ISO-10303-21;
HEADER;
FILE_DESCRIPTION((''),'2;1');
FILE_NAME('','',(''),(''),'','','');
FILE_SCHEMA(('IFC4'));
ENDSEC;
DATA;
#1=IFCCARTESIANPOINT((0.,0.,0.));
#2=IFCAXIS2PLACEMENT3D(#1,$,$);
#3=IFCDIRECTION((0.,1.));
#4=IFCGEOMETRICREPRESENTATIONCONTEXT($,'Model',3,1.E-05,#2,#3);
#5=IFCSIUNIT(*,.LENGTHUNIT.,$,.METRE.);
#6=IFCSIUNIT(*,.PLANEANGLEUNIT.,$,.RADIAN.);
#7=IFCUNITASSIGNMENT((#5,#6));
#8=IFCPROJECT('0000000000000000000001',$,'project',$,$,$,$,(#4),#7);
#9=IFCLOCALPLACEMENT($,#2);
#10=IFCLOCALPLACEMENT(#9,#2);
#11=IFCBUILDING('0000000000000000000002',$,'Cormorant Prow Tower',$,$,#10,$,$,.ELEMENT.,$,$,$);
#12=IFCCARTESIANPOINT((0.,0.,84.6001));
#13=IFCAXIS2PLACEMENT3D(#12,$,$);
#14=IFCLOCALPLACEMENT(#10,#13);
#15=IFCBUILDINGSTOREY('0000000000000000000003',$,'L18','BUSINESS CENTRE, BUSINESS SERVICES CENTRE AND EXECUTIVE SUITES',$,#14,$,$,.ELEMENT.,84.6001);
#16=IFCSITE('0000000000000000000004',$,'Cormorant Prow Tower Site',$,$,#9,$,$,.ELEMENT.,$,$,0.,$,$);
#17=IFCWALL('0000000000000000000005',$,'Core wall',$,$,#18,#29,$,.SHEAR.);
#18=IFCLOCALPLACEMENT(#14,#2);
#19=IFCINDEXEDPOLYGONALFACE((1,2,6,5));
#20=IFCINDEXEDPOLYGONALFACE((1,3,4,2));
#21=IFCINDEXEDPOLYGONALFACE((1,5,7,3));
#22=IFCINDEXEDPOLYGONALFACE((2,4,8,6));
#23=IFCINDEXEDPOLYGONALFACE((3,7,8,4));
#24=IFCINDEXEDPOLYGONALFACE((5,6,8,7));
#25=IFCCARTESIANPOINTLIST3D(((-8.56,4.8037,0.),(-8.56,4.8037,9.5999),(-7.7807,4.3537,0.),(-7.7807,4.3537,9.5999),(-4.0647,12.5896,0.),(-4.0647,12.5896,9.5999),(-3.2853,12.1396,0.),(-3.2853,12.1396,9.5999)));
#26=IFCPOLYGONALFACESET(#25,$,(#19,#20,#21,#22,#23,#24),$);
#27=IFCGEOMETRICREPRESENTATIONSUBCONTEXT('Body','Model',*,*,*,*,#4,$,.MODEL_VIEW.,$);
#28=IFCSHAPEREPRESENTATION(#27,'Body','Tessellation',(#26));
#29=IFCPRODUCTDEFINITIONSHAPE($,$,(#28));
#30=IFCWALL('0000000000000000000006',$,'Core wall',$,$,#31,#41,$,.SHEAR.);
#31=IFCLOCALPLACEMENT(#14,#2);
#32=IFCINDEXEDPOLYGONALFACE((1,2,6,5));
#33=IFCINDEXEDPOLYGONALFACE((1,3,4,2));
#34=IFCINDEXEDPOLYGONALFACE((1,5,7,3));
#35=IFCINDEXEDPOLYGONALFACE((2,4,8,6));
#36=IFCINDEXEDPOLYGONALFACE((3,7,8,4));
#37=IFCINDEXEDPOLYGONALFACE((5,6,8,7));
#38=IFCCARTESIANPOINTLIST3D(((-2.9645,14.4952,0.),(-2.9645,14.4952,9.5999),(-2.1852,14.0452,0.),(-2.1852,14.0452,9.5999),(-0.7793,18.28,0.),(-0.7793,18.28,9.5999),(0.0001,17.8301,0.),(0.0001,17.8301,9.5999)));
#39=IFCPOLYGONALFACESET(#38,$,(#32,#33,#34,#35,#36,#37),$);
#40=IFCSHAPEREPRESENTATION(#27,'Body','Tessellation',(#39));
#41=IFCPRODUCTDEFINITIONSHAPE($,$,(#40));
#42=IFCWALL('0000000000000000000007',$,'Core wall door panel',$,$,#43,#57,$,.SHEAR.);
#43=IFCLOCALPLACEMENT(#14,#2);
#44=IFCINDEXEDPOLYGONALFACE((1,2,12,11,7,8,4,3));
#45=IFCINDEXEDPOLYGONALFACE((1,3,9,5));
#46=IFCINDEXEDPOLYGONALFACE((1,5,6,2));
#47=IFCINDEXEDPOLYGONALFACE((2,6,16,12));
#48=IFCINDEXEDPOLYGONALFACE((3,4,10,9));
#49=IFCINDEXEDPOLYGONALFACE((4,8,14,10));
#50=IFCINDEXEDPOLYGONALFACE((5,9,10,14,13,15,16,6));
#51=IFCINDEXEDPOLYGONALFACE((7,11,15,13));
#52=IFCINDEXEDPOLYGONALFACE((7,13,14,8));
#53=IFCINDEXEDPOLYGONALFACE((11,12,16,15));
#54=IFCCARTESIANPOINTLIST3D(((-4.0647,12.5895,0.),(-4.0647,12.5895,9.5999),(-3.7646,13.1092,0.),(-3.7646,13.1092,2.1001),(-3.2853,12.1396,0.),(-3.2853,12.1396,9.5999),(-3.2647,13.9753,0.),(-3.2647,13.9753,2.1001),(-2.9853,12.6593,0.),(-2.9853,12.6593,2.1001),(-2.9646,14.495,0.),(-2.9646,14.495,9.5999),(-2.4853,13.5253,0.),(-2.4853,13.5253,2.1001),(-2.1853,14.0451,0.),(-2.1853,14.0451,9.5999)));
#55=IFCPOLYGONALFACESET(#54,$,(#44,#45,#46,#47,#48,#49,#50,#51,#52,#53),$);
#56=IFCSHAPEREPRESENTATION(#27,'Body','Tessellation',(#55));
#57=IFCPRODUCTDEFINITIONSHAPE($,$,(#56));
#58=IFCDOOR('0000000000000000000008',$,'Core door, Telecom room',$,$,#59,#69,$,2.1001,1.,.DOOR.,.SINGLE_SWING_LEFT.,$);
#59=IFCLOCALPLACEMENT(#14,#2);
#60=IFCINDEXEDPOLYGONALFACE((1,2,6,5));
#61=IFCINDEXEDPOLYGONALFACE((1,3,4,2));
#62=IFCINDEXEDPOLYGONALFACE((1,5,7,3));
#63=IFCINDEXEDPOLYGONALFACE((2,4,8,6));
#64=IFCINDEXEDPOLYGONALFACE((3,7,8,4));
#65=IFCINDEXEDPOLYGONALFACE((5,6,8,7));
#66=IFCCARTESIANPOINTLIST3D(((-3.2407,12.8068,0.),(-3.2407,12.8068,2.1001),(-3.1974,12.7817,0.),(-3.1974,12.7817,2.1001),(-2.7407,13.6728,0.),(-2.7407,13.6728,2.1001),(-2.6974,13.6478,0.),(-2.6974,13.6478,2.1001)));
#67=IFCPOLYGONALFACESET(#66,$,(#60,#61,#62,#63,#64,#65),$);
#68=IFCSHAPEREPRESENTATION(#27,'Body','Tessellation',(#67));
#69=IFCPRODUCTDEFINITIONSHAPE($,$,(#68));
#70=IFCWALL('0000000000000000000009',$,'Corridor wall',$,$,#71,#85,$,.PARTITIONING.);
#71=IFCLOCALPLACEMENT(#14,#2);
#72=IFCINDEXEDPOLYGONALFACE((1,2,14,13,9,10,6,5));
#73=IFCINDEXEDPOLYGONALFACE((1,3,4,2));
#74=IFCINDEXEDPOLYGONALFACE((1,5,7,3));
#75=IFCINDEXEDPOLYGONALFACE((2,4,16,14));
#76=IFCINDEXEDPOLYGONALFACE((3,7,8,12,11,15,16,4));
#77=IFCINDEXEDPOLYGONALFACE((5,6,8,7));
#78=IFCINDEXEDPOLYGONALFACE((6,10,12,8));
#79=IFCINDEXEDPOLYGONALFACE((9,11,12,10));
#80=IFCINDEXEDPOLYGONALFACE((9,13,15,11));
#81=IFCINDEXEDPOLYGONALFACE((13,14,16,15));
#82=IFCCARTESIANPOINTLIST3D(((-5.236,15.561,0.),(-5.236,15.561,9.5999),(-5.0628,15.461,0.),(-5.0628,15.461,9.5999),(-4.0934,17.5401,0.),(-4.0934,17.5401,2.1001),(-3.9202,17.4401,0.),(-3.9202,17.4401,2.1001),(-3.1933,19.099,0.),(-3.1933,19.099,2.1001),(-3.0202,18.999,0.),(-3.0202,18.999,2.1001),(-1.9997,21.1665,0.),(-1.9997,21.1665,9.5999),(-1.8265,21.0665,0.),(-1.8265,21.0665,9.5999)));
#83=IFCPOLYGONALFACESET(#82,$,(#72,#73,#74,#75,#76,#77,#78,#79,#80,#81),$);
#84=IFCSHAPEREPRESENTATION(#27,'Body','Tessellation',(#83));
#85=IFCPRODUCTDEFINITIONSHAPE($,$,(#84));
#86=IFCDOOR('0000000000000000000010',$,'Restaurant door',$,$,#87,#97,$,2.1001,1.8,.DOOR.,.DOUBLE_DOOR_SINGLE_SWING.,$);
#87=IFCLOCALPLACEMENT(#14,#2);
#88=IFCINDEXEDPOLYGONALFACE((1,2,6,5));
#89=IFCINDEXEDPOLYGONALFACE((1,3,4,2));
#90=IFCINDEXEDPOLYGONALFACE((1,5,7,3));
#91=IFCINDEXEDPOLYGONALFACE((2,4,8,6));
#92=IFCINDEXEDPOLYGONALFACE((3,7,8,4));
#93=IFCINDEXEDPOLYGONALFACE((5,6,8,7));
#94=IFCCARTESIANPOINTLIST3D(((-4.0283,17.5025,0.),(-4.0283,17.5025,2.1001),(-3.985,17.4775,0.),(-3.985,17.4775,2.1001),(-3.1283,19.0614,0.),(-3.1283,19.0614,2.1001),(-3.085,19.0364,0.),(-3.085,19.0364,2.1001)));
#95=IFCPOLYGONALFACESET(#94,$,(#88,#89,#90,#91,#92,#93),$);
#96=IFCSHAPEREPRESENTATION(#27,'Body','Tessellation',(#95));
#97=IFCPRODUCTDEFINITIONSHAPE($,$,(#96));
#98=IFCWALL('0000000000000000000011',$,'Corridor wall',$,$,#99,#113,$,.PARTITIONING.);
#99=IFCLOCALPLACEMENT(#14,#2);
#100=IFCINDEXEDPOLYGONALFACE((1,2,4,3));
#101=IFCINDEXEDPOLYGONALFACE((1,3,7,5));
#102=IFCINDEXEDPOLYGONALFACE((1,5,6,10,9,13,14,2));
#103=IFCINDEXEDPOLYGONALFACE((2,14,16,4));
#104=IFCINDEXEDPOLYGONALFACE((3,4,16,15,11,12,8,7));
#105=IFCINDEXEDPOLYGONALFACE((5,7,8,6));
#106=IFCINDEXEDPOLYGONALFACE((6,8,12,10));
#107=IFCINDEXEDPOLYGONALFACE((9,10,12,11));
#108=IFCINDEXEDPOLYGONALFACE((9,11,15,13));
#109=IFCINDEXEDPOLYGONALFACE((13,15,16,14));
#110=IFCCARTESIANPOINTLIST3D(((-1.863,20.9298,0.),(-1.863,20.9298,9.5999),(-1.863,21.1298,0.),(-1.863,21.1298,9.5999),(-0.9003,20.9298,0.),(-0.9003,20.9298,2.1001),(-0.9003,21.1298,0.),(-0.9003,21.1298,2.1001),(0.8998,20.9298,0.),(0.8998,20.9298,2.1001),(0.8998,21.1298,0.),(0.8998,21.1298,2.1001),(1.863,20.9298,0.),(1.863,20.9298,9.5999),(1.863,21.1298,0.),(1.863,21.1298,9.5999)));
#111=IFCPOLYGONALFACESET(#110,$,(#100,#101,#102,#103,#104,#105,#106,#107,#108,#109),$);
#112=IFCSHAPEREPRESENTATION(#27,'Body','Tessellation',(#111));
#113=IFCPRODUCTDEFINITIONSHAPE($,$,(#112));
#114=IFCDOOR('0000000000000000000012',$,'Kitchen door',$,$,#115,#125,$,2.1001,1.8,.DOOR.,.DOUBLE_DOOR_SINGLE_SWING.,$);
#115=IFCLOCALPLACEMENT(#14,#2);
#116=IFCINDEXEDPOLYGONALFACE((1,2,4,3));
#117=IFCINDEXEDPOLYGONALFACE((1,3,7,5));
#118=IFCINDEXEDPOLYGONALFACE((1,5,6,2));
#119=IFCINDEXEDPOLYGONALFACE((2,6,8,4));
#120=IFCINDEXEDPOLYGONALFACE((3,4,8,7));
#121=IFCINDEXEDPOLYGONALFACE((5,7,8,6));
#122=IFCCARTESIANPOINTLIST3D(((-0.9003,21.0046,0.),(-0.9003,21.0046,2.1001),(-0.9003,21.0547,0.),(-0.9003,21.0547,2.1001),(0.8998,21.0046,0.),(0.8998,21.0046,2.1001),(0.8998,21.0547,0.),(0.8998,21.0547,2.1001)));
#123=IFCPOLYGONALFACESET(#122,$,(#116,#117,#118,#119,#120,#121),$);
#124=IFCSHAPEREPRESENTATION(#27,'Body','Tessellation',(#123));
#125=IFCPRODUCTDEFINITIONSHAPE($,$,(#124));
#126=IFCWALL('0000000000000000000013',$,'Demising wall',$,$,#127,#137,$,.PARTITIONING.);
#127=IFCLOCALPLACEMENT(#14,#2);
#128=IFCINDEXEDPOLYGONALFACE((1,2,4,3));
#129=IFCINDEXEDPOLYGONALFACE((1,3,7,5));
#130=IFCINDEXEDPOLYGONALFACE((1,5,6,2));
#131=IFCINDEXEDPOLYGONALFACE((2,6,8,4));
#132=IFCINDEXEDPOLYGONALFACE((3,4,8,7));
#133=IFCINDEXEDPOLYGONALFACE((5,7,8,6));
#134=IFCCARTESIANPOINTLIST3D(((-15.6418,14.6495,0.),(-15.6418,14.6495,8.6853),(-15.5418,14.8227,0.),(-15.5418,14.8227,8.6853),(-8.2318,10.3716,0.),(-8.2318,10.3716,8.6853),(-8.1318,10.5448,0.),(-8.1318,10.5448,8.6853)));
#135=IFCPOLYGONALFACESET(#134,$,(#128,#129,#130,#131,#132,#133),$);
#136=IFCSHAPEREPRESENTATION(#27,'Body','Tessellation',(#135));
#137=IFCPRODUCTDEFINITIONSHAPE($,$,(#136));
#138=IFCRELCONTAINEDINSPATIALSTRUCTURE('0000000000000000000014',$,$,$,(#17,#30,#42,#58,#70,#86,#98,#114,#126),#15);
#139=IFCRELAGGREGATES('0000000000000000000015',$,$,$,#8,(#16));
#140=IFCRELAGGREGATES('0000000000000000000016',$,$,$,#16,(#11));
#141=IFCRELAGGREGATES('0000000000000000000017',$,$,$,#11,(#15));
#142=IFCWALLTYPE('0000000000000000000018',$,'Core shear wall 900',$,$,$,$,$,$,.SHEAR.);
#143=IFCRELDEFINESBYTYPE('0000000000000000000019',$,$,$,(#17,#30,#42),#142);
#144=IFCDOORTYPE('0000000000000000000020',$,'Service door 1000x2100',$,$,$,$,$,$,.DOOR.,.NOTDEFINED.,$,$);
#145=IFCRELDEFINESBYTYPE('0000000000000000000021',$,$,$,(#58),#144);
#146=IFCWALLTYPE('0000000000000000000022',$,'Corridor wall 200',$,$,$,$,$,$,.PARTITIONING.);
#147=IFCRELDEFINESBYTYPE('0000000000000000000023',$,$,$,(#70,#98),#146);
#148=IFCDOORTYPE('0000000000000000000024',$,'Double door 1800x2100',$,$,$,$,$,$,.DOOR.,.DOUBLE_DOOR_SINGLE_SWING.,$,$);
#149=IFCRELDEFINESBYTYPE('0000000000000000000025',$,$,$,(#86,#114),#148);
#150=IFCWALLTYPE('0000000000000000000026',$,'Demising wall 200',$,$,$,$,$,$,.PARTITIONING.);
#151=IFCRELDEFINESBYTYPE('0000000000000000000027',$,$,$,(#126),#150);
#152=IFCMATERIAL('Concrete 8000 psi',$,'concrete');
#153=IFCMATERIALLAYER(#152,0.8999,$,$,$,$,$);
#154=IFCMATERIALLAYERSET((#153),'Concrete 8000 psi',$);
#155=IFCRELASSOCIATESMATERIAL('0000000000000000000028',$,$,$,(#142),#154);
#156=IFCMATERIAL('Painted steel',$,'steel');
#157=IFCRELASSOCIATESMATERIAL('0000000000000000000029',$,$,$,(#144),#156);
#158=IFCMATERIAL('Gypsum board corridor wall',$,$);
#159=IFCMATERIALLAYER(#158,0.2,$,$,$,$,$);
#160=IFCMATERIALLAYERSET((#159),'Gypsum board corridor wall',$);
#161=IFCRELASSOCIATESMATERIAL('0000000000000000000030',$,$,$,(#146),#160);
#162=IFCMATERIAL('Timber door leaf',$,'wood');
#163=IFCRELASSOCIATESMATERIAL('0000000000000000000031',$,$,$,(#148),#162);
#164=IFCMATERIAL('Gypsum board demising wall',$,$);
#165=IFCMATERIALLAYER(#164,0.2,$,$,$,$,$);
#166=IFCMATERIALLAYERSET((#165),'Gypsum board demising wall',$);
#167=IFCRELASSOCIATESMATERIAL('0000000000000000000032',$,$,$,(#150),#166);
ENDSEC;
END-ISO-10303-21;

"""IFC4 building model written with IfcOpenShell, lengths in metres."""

from ifc_helpers import new_model, si_unit, direction, frame, frame_2d, origin, place, context, subcontext, project, spatial, rectangle, extrude, material, layer, layer_set, type_object, element, fill, save


model = new_model("IFC4")

# Units and contexts
model_context = context("Model", 3, precision=1e-05, world=origin(), true_north=direction((0.0, 1.0)))
body_context = subcontext(model_context, "Body", "Model", "MODEL_VIEW")
ifc_project = project(units=[si_unit("LENGTHUNIT", "METRE"), si_unit("PLANEANGLEUNIT", "RADIAN")], contexts=[model_context])

# Site, building, storey
site_placement = place(None, origin())
site = spatial("IfcSite", under=ifc_project, at=site_placement, Name="Cormorant Prow Tower Site", CompositionType="ELEMENT", RefElevation=0.0)
building_placement = place(site_placement, origin())
building = spatial("IfcBuilding", under=site, at=building_placement, Name="Cormorant Prow Tower", CompositionType="ELEMENT")
storey_placement = place(building_placement, frame((0.0, 0.0, 84.6001)))
storey = spatial("IfcBuildingStorey", under=building, at=storey_placement, Name="L18", Description="BUSINESS CENTRE, BUSINESS SERVICES CENTRE AND EXECUTIVE SUITES", CompositionType="ELEMENT", Elevation=84.6001)

# Walls
ifc_material_1 = material(Name="Concrete 8000 psi", Category="concrete")
ifc_layer_1 = layer(ifc_material_1, 0.8999)
ifc_layer_set_1 = layer_set([ifc_layer_1], Name="Concrete 8000 psi")
wall_type_1 = type_object("IfcWallType", Name="Core shear wall 900", PredefinedType="SHEAR", material=ifc_layer_set_1)
wall_1_placement = place(storey_placement, frame((-3.675, 12.3645, 0.0), z_axis=(0.0, 0.0, 1.0), x_axis=(-0.500015, -0.866017, 0.0)))
element("IfcWall", 1, at=wall_1_placement, inside=storey, type_object=wall_type_1, Name="Core wall", PredefinedType="SHEAR", context=body_context, shape_type="SweptSolid", body=[
    extrude(rectangle(XDim=8.9905, YDim=0.8999, at=frame_2d((4.4951, 0.0))), origin(), (0.0, 0.0, 1.0), 9.5999),
])
wall_2_placement = place(storey_placement, frame((-0.3896, 18.0549, 0.0), z_axis=(0.0, 0.0, 1.0), x_axis=(-0.500014, -0.866017, 0.0)))
element("IfcWall", 2, at=wall_2_placement, inside=storey, type_object=wall_type_1, Name="Core wall", PredefinedType="SHEAR", context=body_context, shape_type="SweptSolid", body=[
    extrude(rectangle(XDim=4.3704, YDim=0.8999, at=frame_2d((2.1851, 0.0))), origin(), (0.0, 0.0, 1.0), 9.5999),
])

# Walls, openings, doors
wall_3_placement = place(storey_placement, frame((-2.575, 14.27, 0.0), z_axis=(0.0, 0.0, 1.0), x_axis=(-0.499982, -0.866036, 0.0)))
wall_3 = element("IfcWall", 3, at=wall_3_placement, inside=storey, type_object=wall_type_1, Name="Core wall door panel", PredefinedType="SHEAR", context=body_context, shape_type="SweptSolid", body=[
    extrude(rectangle(XDim=2.2002, YDim=0.8999, at=frame_2d((1.1001, 0.0))), origin(), (0.0, 0.0, 1.0), 9.5999),
])
opening_1_placement = place(wall_3_placement, frame((0.6001, 0.0, 0.0)))
opening_1 = element("IfcOpeningElement", 4, at=opening_1_placement, cuts=wall_3, PredefinedType="OPENING", context=body_context, shape_type="SweptSolid", body=[
    extrude(rectangle(XDim=1.0, YDim=2.1001, at=frame_2d((0.5, 1.05))), frame((0.0, 0.46, 0.0), z_axis=(0.0, -1.0, 0.0), x_axis=(1.0, 0.0, 0.0)), (0.0, 0.0, 1.0), 0.9199),
])
ifc_material_2 = material(Name="Painted steel", Category="steel")
door_type_1 = type_object("IfcDoorType", Name="Service door 1000x2100", OperationType="NOTDEFINED", PredefinedType="DOOR", material=ifc_material_2)
door_1_placement = place(opening_1_placement, origin())
door_1 = element("IfcDoor", 5, at=door_1_placement, inside=storey, type_object=door_type_1, Name="Core door, Telecom room", OperationType="SINGLE_SWING_LEFT", OverallHeight=2.1001, OverallWidth=1.0, PredefinedType="DOOR", context=body_context, shape_type="SweptSolid", body=[
    extrude(rectangle(XDim=1.0, YDim=2.1001, at=frame_2d((0.5, 1.05))), frame((0.0, 0.2051, 0.0), z_axis=(0.0, -1.0, 0.0), x_axis=(1.0, 0.0, 0.0)), (0.0, 0.0, 1.0), 0.05),
])
fill(opening_1, door_1)
ifc_material_3 = material(Name="Gypsum board corridor wall")
ifc_layer_2 = layer(ifc_material_3, 0.2)
ifc_layer_set_2 = layer_set([ifc_layer_2], Name="Gypsum board corridor wall")
wall_type_2 = type_object("IfcWallType", Name="Corridor wall 200", PredefinedType="PARTITIONING", material=ifc_layer_set_2)
wall_4_placement = place(storey_placement, frame((-5.1494, 15.511, 0.0), z_axis=(0.0, 0.0, 1.0), x_axis=(0.500001, 0.866025, 0.0)))
wall_4 = element("IfcWall", 6, at=wall_4_placement, inside=storey, type_object=wall_type_2, Name="Corridor wall", PredefinedType="PARTITIONING", context=body_context, shape_type="SweptSolid", body=[
    extrude(rectangle(XDim=6.4727, YDim=0.2, at=frame_2d((3.2363, 0.0))), origin(), (0.0, 0.0, 1.0), 9.5999),
])
opening_2_placement = place(wall_4_placement, frame((2.2854, 0.0, 0.0)))
opening_2 = element("IfcOpeningElement", 7, at=opening_2_placement, cuts=wall_4, PredefinedType="OPENING", context=body_context, shape_type="SweptSolid", body=[
    extrude(rectangle(XDim=1.8, YDim=2.1001, at=frame_2d((0.8999, 1.05))), frame((0.0, 0.1099, 0.0), z_axis=(0.0, -1.0, 0.0), x_axis=(1.0, 0.0, 0.0)), (0.0, 0.0, 1.0), 0.22),
])
ifc_material_4 = material(Name="Timber door leaf", Category="wood")
door_type_2 = type_object("IfcDoorType", Name="Double door 1800x2100", OperationType="DOUBLE_DOOR_SINGLE_SWING", PredefinedType="DOOR", material=ifc_material_4)
door_2_placement = place(opening_2_placement, origin())
door_2 = element("IfcDoor", 8, at=door_2_placement, inside=storey, type_object=door_type_2, Name="Restaurant door", OperationType="DOUBLE_DOOR_SINGLE_SWING", OverallHeight=2.1001, OverallWidth=1.8, PredefinedType="DOOR", context=body_context, shape_type="SweptSolid", body=[
    extrude(rectangle(XDim=1.8, YDim=2.1001, at=frame_2d((0.8999, 1.05))), frame((0.0, 0.0249, 0.0), z_axis=(0.0, -1.0, 0.0), x_axis=(1.0, 0.0, 0.0)), (0.0, 0.0, 1.0), 0.05),
])
fill(opening_2, door_2)
wall_5_placement = place(storey_placement, frame((-1.863, 21.0298, 0.0), z_axis=(0.0, 0.0, 1.0), x_axis=(1.0, 0.0, 0.0)))
wall_5 = element("IfcWall", 9, at=wall_5_placement, inside=storey, type_object=wall_type_2, Name="Corridor wall", PredefinedType="PARTITIONING", context=body_context, shape_type="SweptSolid", body=[
    extrude(rectangle(XDim=3.7261, YDim=0.2, at=frame_2d((1.863, 0.0))), origin(), (0.0, 0.0, 1.0), 9.5999),
])
opening_3_placement = place(wall_5_placement, frame((0.9629, 0.0, 0.0)))
opening_3 = element("IfcOpeningElement", 10, at=opening_3_placement, cuts=wall_5, PredefinedType="OPENING", context=body_context, shape_type="SweptSolid", body=[
    extrude(rectangle(XDim=1.8, YDim=2.1001, at=frame_2d((0.8999, 1.05))), frame((0.0, 0.1099, 0.0), z_axis=(0.0, -1.0, 0.0), x_axis=(1.0, 0.0, 0.0)), (0.0, 0.0, 1.0), 0.22),
])
door_3_placement = place(opening_3_placement, origin())
door_3 = element("IfcDoor", 11, at=door_3_placement, inside=storey, type_object=door_type_2, Name="Kitchen door", OperationType="DOUBLE_DOOR_SINGLE_SWING", OverallHeight=2.1001, OverallWidth=1.8, PredefinedType="DOOR", context=body_context, shape_type="SweptSolid", body=[
    extrude(rectangle(XDim=1.8, YDim=2.1001, at=frame_2d((0.8999, 1.05))), frame((0.0, 0.0249, 0.0), z_axis=(0.0, -1.0, 0.0), x_axis=(1.0, 0.0, 0.0)), (0.0, 0.0, 1.0), 0.05),
])
fill(opening_3, door_3)

# Wall
ifc_material_5 = material(Name="Gypsum board demising wall")
ifc_layer_3 = layer(ifc_material_5, 0.2)
ifc_layer_set_3 = layer_set([ifc_layer_3], Name="Gypsum board demising wall")
wall_type_3 = type_object("IfcWallType", Name="Demising wall 200", PredefinedType="PARTITIONING", material=ifc_layer_set_3)
wall_6_placement = place(storey_placement, frame((-15.5918, 14.7361, 0.0), z_axis=(0.0, 0.0, 1.0), x_axis=(0.86604, -0.499975, 0.0)))
element("IfcWall", 12, at=wall_6_placement, inside=storey, type_object=wall_type_3, Name="Demising wall", PredefinedType="PARTITIONING", context=body_context, shape_type="SweptSolid", body=[
    extrude(rectangle(XDim=8.5562, YDim=0.2, at=frame_2d((4.2781, 0.0))), origin(), (0.0, 0.0, 1.0), 8.6853),
])

save(model, "model.ifc")
